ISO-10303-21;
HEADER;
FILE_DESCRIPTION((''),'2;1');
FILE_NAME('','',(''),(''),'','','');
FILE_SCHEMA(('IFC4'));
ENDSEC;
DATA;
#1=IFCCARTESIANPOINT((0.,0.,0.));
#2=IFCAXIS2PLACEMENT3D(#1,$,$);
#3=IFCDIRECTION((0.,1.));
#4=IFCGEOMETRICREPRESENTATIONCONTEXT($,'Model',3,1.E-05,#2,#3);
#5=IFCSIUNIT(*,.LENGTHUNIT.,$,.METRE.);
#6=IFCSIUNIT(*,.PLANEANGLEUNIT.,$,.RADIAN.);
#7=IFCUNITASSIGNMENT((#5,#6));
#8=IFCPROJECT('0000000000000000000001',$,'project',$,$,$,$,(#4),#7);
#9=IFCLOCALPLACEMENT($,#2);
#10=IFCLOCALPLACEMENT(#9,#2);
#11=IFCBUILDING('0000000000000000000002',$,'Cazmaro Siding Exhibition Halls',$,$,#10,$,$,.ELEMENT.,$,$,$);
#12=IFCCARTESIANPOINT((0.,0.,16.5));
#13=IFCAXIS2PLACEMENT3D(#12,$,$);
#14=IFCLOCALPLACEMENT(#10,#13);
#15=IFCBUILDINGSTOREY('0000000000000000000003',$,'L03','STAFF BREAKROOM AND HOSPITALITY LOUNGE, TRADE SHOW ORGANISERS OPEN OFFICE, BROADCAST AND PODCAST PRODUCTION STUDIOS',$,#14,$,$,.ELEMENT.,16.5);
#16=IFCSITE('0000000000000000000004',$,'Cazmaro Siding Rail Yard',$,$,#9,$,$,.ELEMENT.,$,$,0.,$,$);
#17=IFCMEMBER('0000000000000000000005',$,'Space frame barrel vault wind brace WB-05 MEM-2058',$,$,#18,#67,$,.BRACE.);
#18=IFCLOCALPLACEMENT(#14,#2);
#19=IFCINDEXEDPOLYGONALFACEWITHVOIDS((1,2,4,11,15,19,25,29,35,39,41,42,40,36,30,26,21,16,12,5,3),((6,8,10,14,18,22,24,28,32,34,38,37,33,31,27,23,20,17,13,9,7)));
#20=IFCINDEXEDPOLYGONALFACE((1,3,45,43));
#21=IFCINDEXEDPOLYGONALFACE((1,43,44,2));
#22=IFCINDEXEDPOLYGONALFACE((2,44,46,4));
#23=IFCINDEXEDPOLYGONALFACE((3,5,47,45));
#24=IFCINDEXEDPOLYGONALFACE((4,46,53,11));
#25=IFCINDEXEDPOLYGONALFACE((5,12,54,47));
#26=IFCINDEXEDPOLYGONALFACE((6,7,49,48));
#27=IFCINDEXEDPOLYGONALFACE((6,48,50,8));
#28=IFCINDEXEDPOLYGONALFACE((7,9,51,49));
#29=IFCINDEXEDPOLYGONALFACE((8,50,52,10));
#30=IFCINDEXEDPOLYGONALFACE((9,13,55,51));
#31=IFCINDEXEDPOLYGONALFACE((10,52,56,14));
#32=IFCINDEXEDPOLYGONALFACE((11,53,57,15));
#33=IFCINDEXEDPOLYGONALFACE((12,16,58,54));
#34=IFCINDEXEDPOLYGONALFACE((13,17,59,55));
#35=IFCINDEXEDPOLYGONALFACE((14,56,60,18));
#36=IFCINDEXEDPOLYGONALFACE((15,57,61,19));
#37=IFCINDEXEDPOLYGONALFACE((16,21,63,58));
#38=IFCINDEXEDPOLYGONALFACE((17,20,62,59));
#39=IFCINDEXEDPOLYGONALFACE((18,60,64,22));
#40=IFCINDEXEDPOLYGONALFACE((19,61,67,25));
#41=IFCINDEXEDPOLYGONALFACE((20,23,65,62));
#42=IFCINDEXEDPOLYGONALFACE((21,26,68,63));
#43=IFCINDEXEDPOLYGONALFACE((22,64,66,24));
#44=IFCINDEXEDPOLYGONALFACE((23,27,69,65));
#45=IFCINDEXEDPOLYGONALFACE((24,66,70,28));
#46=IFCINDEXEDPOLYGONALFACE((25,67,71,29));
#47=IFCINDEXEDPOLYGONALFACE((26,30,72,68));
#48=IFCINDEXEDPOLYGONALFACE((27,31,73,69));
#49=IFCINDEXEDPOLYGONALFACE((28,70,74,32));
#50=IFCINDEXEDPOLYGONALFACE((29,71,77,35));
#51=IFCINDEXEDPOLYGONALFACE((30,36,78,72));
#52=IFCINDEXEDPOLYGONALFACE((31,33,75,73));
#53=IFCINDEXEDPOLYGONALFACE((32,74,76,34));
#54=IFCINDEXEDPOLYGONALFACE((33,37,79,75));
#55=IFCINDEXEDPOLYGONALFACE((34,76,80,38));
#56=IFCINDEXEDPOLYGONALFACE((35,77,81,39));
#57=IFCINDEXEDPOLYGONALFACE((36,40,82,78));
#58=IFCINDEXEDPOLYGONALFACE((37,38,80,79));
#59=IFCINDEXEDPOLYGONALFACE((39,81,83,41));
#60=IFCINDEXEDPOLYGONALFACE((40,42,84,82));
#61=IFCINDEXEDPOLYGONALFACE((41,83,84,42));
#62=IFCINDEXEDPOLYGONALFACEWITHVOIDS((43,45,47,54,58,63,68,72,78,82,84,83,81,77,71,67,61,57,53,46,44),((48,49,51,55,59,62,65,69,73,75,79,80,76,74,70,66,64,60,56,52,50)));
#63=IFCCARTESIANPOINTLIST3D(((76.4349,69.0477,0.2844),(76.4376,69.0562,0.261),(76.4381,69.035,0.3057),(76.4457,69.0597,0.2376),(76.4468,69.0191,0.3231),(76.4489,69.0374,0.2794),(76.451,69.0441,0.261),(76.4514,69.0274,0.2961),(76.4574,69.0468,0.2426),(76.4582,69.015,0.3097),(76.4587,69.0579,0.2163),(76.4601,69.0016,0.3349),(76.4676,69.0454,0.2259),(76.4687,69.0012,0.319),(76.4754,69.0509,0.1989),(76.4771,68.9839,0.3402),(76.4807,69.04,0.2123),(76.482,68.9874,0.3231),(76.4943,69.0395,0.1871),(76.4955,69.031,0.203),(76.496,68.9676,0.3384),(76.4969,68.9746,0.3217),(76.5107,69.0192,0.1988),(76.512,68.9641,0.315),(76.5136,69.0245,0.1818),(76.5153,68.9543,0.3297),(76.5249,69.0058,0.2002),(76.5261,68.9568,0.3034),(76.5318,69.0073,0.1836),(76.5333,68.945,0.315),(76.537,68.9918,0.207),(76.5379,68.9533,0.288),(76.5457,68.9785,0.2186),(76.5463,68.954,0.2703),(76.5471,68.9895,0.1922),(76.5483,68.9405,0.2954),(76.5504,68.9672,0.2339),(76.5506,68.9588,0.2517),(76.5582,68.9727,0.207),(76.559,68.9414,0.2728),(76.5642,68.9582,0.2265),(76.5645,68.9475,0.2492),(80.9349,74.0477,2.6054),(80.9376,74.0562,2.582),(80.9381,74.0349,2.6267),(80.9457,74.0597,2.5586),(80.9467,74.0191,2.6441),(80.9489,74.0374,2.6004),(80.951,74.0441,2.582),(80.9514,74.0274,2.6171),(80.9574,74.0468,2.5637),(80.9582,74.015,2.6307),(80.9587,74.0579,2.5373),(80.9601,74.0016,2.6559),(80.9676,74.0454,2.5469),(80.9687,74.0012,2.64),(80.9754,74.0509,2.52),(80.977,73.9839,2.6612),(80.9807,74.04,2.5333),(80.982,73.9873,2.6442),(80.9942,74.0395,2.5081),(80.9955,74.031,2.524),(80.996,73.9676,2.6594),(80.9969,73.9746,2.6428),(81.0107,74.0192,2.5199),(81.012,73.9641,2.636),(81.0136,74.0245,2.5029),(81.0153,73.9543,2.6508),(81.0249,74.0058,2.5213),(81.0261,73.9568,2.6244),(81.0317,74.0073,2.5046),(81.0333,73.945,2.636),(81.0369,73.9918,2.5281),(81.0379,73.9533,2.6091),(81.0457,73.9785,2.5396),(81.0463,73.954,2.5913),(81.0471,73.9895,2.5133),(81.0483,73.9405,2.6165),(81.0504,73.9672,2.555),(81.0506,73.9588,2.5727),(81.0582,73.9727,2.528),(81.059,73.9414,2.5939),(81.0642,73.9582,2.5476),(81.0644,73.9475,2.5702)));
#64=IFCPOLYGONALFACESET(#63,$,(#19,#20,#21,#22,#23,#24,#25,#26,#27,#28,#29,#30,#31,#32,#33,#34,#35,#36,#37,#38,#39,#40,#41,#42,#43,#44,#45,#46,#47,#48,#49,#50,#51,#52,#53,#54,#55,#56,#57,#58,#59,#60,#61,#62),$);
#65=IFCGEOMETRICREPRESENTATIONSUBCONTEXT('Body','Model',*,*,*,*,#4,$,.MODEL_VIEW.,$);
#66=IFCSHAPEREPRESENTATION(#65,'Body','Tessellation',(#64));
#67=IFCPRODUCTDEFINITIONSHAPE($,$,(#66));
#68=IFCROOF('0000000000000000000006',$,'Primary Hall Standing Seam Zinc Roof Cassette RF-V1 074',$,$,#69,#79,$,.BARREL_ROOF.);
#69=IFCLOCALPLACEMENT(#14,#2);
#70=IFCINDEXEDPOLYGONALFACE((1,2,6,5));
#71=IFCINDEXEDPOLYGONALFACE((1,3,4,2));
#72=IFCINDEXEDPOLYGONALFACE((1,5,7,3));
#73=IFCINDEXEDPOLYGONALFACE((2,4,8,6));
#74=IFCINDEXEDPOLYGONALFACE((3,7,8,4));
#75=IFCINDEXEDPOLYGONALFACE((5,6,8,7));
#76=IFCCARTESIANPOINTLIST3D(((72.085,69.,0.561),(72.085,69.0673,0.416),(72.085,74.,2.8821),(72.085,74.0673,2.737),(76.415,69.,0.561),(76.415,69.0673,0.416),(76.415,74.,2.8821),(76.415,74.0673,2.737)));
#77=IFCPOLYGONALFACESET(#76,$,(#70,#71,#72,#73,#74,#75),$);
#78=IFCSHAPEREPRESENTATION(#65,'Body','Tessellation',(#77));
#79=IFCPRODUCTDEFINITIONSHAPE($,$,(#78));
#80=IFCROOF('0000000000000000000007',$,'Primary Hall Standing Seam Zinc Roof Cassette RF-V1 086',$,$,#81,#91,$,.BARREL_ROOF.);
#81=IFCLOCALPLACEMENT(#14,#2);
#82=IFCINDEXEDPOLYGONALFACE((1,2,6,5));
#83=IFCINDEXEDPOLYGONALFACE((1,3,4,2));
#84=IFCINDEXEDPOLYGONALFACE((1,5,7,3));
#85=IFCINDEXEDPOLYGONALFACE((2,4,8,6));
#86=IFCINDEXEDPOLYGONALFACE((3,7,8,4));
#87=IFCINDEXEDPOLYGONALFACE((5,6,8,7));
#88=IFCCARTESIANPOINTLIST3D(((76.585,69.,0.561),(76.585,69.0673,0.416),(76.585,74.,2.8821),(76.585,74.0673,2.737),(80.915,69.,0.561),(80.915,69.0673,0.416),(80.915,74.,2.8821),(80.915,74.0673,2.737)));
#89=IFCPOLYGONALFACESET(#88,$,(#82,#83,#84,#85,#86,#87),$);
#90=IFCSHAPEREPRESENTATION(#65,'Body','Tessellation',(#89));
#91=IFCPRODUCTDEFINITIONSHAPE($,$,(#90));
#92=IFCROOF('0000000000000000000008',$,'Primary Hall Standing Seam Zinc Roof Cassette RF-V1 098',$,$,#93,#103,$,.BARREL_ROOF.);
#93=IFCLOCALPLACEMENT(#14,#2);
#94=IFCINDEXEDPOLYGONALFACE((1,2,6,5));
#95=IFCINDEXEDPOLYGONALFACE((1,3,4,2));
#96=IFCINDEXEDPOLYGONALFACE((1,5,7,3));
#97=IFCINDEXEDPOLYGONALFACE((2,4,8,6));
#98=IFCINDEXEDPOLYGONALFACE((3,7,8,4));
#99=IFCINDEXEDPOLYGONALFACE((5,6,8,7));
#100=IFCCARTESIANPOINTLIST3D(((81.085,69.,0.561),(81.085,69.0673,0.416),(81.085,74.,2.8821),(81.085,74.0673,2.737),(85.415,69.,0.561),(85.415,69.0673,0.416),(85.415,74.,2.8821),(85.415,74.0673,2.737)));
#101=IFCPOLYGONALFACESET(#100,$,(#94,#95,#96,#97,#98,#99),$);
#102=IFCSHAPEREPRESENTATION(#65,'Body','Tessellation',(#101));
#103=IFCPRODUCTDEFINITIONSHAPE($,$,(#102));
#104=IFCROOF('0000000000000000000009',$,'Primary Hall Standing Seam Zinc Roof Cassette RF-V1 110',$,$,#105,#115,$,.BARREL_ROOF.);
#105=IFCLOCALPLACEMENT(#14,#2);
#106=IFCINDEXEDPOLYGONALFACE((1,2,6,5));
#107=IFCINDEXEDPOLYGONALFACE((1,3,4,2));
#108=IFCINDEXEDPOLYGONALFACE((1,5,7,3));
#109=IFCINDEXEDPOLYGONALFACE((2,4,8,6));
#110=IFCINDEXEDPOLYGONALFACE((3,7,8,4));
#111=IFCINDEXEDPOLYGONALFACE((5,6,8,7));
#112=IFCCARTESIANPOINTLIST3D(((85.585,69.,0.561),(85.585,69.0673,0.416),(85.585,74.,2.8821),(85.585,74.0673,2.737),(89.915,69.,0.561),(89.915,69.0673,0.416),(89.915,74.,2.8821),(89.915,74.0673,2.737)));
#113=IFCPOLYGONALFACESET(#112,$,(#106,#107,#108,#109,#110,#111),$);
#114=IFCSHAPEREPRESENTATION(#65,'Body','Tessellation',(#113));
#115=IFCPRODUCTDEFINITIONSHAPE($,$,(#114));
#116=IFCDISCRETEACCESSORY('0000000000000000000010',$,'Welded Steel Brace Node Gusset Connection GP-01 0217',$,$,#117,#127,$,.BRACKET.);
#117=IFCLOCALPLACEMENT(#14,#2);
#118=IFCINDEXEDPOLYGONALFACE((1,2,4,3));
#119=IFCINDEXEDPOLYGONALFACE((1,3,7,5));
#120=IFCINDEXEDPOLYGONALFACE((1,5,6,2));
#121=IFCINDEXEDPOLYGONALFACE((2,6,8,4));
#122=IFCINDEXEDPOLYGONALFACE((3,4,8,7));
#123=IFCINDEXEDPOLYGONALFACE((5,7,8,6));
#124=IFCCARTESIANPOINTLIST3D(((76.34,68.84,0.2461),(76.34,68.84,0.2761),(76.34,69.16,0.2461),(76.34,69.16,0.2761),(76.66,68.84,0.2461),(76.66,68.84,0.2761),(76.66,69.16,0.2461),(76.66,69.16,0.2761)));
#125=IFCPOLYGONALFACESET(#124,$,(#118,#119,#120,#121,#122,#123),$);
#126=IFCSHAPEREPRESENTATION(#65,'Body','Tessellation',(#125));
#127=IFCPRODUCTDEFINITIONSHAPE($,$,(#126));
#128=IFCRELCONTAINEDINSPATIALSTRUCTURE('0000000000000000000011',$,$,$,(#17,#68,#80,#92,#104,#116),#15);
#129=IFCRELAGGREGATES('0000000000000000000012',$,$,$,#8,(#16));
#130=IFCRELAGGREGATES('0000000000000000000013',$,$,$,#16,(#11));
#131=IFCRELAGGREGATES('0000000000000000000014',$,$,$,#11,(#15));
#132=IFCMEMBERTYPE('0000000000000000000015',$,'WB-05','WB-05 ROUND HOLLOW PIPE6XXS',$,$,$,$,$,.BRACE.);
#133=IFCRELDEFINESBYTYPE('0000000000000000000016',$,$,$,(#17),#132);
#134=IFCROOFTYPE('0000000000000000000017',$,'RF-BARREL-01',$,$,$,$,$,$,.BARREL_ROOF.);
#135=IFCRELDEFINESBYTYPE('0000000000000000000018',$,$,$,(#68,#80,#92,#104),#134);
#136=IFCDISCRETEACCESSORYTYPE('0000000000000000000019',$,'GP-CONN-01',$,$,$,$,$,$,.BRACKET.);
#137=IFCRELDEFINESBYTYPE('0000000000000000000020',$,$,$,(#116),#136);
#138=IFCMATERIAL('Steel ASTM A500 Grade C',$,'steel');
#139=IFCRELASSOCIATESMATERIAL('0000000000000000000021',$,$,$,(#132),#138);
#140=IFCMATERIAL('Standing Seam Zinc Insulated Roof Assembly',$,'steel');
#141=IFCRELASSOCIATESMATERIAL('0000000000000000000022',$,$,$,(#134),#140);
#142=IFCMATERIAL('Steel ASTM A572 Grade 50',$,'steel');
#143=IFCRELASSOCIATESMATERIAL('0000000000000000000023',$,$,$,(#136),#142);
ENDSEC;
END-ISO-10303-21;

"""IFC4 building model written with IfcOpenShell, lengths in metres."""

from ifc_helpers import new_model, si_unit, direction, frame, origin, origin_2d, place, context, subcontext, project, spatial, polyline, rectangle, hollow_circle, outline, extrude, material, material_profile, profile_set, type_object, element, save


model = new_model("IFC4")

# Units and contexts
model_context = context("Model", 3, precision=1e-05, world=origin(), true_north=direction((0.0, 1.0)))
body_context = subcontext(model_context, "Body", "Model", "MODEL_VIEW")
ifc_project = project(units=[si_unit("LENGTHUNIT", "METRE"), si_unit("PLANEANGLEUNIT", "RADIAN")], contexts=[model_context])

# Site, building, storey
site_placement = place(None, origin())
site = spatial("IfcSite", under=ifc_project, at=site_placement, Name="Cazmaro Siding Rail Yard", CompositionType="ELEMENT", RefElevation=0.0)
building_placement = place(site_placement, origin())
building = spatial("IfcBuilding", under=site, at=building_placement, Name="Cazmaro Siding Exhibition Halls", CompositionType="ELEMENT")
storey_placement = place(building_placement, frame((0.0, 0.0, 16.5)))
storey = spatial("IfcBuildingStorey", under=building, at=storey_placement, Name="L03", Description="STAFF BREAKROOM AND HOSPITALITY LOUNGE, TRADE SHOW ORGANISERS OPEN OFFICE, BROADCAST AND PODCAST PRODUCTION STUDIOS", CompositionType="ELEMENT", Elevation=16.5)

# Member
ifc_material_1 = material(Name="Steel ASTM A500 Grade C", Category="steel")
ifc_material_profile_1 = material_profile(ifc_material_1, hollow_circle(Radius=0.084, WallThickness=0.0181, at=origin_2d()), Name="PIPE6XXS")
ifc_profile_set_1 = profile_set([ifc_material_profile_1], Name="Steel ASTM A500 Grade C")
member_type_1 = type_object("IfcMemberType", Name="WB-05", Description="WB-05 ROUND HOLLOW PIPE6XXS", PredefinedType="BRACE", material=ifc_profile_set_1)
member_1_placement = place(storey_placement, frame((76.5, 69.0, 0.261), z_axis=(0.632379, 0.702643, 0.326173), x_axis=(-0.743294, 0.668965, 0.0)))
element("IfcMember", 1, at=member_1_placement, inside=storey, type_object=member_type_1, Name="Space frame barrel vault wind brace WB-05 MEM-2058", PredefinedType="BRACE", context=body_context, shape_type="SweptSolid", body=[
    extrude(hollow_circle(Radius=0.084, WallThickness=0.0181, at=origin_2d()), origin(), (0.0, 0.0, 1.0), 7.116),
])

# Roofs
ifc_material_2 = material(Name="Standing Seam Zinc Insulated Roof Assembly", Category="steel")
roof_type = type_object("IfcRoofType", Name="RF-BARREL-01", PredefinedType="BARREL_ROOF", material=ifc_material_2)
for number, where, z_axis, x_axis, name in (
    (2, (72.085, 69.0, 0.561), (0.0, -0.421054, 0.907036), (1.0, 0.0, 0.0), "Primary Hall Standing Seam Zinc Roof Cassette RF-V1 074"),
    (3, (76.585, 69.0, 0.561), (0.0, -0.421054, 0.907036), (1.0, 0.0, 0.0), "Primary Hall Standing Seam Zinc Roof Cassette RF-V1 086"),
    (4, (81.085, 69.0, 0.561), (0.0, -0.421054, 0.907036), (1.0, 0.0, 0.0), "Primary Hall Standing Seam Zinc Roof Cassette RF-V1 098"),
    (5, (85.585, 69.0, 0.561), (0.0, -0.421054, 0.907036), (1.0, 0.0, 0.0), "Primary Hall Standing Seam Zinc Roof Cassette RF-V1 110"),
):
    element("IfcRoof", number, at=place(storey_placement, frame(where, z_axis=z_axis, x_axis=x_axis)), inside=storey, type_object=roof_type, Name=name, PredefinedType="BARREL_ROOF", context=body_context, shape_type="SweptSolid", body=[
        extrude(outline(polyline([(0.0, 0.0), (4.3301, 0.0), (4.3301, 5.5125), (0.0, 5.5125), (0.0, 0.0)])), origin(), (0.0, 0.0, -1.0), 0.1599),
    ])

# Discrete accessory
ifc_material_3 = material(Name="Steel ASTM A572 Grade 50", Category="steel")
discrete_accessory_type = type_object("IfcDiscreteAccessoryType", Name="GP-CONN-01", PredefinedType="BRACKET", material=ifc_material_3)
discrete_accessory_placement = place(storey_placement, frame((76.5, 69.0, 0.2461), z_axis=(0.0, 0.0, 1.0), x_axis=(1.0, 0.0, 0.0)))
element("IfcDiscreteAccessory", 6, at=discrete_accessory_placement, inside=storey, type_object=discrete_accessory_type, Name="Welded Steel Brace Node Gusset Connection GP-01 0217", PredefinedType="BRACKET", context=body_context, shape_type="SweptSolid", body=[
    extrude(rectangle(XDim=0.3201, YDim=0.3201, at=origin_2d()), origin(), (0.0, 0.0, 1.0), 0.03),
])

save(model, "model.ifc")
